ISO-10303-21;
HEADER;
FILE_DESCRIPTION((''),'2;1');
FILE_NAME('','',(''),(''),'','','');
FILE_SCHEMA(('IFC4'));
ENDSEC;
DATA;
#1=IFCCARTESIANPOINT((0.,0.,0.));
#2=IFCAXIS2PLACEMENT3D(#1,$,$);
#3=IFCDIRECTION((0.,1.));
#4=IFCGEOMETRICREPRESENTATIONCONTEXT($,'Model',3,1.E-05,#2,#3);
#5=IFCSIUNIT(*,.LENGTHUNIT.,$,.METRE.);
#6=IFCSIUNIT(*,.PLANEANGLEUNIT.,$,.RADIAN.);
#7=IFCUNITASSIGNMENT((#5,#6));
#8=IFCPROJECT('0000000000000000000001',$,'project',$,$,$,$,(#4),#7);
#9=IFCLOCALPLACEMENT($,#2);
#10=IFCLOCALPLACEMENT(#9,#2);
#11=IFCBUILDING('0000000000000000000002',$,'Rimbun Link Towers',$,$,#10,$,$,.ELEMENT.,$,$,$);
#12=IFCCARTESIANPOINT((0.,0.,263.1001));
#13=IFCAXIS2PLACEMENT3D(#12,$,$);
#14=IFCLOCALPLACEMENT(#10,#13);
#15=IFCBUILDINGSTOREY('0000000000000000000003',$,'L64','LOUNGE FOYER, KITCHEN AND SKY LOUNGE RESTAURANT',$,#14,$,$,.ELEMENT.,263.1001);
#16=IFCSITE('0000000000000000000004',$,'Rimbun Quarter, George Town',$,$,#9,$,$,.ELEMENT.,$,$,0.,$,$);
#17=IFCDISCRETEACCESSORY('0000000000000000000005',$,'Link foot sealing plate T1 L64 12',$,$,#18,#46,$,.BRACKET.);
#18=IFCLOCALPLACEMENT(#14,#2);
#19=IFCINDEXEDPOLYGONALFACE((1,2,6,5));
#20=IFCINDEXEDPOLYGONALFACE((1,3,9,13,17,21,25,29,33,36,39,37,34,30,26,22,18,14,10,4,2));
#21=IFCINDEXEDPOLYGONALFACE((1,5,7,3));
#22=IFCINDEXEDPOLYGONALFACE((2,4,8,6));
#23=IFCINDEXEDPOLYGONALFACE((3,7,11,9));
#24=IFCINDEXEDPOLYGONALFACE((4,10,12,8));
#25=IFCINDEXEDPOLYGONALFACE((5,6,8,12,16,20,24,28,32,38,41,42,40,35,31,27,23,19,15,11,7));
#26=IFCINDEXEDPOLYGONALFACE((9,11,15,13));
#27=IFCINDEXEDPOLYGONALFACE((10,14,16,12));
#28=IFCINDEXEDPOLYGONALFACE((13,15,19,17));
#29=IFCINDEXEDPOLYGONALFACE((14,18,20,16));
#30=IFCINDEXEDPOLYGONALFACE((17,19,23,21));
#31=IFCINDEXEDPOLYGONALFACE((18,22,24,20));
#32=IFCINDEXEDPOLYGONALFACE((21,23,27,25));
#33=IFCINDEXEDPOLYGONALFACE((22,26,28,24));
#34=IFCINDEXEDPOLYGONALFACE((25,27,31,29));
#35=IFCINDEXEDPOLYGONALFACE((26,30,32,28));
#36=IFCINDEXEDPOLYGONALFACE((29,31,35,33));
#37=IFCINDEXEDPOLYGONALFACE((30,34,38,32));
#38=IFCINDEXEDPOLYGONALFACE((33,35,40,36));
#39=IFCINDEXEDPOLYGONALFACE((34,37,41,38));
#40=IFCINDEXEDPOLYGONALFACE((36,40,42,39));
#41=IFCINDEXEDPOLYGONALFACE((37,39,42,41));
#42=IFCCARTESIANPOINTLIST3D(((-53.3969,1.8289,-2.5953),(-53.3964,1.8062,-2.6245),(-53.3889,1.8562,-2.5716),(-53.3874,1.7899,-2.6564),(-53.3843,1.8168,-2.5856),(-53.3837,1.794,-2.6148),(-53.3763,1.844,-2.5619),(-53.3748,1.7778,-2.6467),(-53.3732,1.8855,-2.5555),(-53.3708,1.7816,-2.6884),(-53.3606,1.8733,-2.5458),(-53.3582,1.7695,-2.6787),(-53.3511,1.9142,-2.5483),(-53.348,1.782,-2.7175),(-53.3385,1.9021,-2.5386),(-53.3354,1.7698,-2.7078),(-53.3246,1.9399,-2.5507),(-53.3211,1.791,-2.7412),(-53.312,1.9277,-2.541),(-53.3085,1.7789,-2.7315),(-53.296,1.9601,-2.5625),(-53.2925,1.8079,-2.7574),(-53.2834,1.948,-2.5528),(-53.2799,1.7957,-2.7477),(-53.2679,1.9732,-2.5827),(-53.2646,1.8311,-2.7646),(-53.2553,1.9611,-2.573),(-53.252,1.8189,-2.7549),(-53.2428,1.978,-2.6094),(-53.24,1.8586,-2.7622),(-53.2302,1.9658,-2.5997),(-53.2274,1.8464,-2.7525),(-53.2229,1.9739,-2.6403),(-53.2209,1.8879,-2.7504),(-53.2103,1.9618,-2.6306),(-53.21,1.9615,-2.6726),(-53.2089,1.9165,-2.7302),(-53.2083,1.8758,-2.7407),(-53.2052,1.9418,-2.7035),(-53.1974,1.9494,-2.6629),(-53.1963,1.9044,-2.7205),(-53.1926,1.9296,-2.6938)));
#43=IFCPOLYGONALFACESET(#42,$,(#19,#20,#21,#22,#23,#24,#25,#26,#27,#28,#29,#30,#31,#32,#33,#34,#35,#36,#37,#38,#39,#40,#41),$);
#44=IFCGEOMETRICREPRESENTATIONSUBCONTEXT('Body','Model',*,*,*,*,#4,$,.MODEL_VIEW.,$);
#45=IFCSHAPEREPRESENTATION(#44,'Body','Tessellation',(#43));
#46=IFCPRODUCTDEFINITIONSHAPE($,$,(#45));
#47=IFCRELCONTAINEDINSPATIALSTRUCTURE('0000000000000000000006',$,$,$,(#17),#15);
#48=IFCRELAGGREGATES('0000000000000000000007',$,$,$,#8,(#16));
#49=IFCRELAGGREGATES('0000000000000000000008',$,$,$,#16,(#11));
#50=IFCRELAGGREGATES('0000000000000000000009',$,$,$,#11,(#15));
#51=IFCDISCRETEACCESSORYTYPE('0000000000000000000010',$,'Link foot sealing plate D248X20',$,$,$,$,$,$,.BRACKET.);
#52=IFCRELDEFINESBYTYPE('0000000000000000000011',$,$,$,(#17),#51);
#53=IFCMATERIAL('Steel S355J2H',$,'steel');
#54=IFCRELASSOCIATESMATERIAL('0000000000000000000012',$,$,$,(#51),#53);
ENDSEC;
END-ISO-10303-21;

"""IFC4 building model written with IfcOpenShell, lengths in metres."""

from ifc_helpers import new_model, si_unit, direction, frame, origin, origin_2d, place, context, subcontext, project, spatial, circle, extrude, material, material_profile, profile_set, type_object, element, save


model = new_model("IFC4")

# Units and contexts
model_context = context("Model", 3, precision=1e-05, world=origin(), true_north=direction((0.0, 1.0)))
body_context = subcontext(model_context, "Body", "Model", "MODEL_VIEW")
ifc_project = project(units=[si_unit("LENGTHUNIT", "METRE"), si_unit("PLANEANGLEUNIT", "RADIAN")], contexts=[model_context])

# Site, building, storey
site_placement = place(None, origin())
site = spatial("IfcSite", under=ifc_project, at=site_placement, Name="Rimbun Quarter, George Town", CompositionType="ELEMENT", RefElevation=0.0)
building_placement = place(site_placement, origin())
building = spatial("IfcBuilding", under=site, at=building_placement, Name="Rimbun Link Towers", CompositionType="ELEMENT")
storey_placement = place(building_placement, frame((0.0, 0.0, 263.1001)))
storey = spatial("IfcBuildingStorey", under=building, at=storey_placement, Name="L64", Description="LOUNGE FOYER, KITCHEN AND SKY LOUNGE RESTAURANT", CompositionType="ELEMENT", Elevation=263.1001)

# Discrete accessory
ifc_material_1 = material(Name="Steel S355J2H", Category="steel")
ifc_material_profile_1 = material_profile(ifc_material_1, circle(Radius=0.124, at=origin_2d()), Name="PL D248")
ifc_profile_set_1 = profile_set([ifc_material_profile_1], Name="Steel S355J2H")
discrete_accessory_type = type_object("IfcDiscreteAccessoryType", Name="Link foot sealing plate D248X20", PredefinedType="BRACKET", material=ifc_profile_set_1)
discrete_accessory_placement = place(storey_placement, frame((-53.2888, 1.8672, -2.6467), z_axis=(-0.630407, 0.606161, -0.484929), x_axis=(-0.693109, -0.720833, 0.0)))
element("IfcDiscreteAccessory", 1, at=discrete_accessory_placement, inside=storey, type_object=discrete_accessory_type, Name="Link foot sealing plate T1 L64 12", PredefinedType="BRACKET", context=body_context, shape_type="SweptSolid", body=[
    extrude(circle(Radius=0.124, at=origin_2d()), origin(), (0.0, 0.0, 1.0), 0.02),
])

save(model, "model.ifc")
